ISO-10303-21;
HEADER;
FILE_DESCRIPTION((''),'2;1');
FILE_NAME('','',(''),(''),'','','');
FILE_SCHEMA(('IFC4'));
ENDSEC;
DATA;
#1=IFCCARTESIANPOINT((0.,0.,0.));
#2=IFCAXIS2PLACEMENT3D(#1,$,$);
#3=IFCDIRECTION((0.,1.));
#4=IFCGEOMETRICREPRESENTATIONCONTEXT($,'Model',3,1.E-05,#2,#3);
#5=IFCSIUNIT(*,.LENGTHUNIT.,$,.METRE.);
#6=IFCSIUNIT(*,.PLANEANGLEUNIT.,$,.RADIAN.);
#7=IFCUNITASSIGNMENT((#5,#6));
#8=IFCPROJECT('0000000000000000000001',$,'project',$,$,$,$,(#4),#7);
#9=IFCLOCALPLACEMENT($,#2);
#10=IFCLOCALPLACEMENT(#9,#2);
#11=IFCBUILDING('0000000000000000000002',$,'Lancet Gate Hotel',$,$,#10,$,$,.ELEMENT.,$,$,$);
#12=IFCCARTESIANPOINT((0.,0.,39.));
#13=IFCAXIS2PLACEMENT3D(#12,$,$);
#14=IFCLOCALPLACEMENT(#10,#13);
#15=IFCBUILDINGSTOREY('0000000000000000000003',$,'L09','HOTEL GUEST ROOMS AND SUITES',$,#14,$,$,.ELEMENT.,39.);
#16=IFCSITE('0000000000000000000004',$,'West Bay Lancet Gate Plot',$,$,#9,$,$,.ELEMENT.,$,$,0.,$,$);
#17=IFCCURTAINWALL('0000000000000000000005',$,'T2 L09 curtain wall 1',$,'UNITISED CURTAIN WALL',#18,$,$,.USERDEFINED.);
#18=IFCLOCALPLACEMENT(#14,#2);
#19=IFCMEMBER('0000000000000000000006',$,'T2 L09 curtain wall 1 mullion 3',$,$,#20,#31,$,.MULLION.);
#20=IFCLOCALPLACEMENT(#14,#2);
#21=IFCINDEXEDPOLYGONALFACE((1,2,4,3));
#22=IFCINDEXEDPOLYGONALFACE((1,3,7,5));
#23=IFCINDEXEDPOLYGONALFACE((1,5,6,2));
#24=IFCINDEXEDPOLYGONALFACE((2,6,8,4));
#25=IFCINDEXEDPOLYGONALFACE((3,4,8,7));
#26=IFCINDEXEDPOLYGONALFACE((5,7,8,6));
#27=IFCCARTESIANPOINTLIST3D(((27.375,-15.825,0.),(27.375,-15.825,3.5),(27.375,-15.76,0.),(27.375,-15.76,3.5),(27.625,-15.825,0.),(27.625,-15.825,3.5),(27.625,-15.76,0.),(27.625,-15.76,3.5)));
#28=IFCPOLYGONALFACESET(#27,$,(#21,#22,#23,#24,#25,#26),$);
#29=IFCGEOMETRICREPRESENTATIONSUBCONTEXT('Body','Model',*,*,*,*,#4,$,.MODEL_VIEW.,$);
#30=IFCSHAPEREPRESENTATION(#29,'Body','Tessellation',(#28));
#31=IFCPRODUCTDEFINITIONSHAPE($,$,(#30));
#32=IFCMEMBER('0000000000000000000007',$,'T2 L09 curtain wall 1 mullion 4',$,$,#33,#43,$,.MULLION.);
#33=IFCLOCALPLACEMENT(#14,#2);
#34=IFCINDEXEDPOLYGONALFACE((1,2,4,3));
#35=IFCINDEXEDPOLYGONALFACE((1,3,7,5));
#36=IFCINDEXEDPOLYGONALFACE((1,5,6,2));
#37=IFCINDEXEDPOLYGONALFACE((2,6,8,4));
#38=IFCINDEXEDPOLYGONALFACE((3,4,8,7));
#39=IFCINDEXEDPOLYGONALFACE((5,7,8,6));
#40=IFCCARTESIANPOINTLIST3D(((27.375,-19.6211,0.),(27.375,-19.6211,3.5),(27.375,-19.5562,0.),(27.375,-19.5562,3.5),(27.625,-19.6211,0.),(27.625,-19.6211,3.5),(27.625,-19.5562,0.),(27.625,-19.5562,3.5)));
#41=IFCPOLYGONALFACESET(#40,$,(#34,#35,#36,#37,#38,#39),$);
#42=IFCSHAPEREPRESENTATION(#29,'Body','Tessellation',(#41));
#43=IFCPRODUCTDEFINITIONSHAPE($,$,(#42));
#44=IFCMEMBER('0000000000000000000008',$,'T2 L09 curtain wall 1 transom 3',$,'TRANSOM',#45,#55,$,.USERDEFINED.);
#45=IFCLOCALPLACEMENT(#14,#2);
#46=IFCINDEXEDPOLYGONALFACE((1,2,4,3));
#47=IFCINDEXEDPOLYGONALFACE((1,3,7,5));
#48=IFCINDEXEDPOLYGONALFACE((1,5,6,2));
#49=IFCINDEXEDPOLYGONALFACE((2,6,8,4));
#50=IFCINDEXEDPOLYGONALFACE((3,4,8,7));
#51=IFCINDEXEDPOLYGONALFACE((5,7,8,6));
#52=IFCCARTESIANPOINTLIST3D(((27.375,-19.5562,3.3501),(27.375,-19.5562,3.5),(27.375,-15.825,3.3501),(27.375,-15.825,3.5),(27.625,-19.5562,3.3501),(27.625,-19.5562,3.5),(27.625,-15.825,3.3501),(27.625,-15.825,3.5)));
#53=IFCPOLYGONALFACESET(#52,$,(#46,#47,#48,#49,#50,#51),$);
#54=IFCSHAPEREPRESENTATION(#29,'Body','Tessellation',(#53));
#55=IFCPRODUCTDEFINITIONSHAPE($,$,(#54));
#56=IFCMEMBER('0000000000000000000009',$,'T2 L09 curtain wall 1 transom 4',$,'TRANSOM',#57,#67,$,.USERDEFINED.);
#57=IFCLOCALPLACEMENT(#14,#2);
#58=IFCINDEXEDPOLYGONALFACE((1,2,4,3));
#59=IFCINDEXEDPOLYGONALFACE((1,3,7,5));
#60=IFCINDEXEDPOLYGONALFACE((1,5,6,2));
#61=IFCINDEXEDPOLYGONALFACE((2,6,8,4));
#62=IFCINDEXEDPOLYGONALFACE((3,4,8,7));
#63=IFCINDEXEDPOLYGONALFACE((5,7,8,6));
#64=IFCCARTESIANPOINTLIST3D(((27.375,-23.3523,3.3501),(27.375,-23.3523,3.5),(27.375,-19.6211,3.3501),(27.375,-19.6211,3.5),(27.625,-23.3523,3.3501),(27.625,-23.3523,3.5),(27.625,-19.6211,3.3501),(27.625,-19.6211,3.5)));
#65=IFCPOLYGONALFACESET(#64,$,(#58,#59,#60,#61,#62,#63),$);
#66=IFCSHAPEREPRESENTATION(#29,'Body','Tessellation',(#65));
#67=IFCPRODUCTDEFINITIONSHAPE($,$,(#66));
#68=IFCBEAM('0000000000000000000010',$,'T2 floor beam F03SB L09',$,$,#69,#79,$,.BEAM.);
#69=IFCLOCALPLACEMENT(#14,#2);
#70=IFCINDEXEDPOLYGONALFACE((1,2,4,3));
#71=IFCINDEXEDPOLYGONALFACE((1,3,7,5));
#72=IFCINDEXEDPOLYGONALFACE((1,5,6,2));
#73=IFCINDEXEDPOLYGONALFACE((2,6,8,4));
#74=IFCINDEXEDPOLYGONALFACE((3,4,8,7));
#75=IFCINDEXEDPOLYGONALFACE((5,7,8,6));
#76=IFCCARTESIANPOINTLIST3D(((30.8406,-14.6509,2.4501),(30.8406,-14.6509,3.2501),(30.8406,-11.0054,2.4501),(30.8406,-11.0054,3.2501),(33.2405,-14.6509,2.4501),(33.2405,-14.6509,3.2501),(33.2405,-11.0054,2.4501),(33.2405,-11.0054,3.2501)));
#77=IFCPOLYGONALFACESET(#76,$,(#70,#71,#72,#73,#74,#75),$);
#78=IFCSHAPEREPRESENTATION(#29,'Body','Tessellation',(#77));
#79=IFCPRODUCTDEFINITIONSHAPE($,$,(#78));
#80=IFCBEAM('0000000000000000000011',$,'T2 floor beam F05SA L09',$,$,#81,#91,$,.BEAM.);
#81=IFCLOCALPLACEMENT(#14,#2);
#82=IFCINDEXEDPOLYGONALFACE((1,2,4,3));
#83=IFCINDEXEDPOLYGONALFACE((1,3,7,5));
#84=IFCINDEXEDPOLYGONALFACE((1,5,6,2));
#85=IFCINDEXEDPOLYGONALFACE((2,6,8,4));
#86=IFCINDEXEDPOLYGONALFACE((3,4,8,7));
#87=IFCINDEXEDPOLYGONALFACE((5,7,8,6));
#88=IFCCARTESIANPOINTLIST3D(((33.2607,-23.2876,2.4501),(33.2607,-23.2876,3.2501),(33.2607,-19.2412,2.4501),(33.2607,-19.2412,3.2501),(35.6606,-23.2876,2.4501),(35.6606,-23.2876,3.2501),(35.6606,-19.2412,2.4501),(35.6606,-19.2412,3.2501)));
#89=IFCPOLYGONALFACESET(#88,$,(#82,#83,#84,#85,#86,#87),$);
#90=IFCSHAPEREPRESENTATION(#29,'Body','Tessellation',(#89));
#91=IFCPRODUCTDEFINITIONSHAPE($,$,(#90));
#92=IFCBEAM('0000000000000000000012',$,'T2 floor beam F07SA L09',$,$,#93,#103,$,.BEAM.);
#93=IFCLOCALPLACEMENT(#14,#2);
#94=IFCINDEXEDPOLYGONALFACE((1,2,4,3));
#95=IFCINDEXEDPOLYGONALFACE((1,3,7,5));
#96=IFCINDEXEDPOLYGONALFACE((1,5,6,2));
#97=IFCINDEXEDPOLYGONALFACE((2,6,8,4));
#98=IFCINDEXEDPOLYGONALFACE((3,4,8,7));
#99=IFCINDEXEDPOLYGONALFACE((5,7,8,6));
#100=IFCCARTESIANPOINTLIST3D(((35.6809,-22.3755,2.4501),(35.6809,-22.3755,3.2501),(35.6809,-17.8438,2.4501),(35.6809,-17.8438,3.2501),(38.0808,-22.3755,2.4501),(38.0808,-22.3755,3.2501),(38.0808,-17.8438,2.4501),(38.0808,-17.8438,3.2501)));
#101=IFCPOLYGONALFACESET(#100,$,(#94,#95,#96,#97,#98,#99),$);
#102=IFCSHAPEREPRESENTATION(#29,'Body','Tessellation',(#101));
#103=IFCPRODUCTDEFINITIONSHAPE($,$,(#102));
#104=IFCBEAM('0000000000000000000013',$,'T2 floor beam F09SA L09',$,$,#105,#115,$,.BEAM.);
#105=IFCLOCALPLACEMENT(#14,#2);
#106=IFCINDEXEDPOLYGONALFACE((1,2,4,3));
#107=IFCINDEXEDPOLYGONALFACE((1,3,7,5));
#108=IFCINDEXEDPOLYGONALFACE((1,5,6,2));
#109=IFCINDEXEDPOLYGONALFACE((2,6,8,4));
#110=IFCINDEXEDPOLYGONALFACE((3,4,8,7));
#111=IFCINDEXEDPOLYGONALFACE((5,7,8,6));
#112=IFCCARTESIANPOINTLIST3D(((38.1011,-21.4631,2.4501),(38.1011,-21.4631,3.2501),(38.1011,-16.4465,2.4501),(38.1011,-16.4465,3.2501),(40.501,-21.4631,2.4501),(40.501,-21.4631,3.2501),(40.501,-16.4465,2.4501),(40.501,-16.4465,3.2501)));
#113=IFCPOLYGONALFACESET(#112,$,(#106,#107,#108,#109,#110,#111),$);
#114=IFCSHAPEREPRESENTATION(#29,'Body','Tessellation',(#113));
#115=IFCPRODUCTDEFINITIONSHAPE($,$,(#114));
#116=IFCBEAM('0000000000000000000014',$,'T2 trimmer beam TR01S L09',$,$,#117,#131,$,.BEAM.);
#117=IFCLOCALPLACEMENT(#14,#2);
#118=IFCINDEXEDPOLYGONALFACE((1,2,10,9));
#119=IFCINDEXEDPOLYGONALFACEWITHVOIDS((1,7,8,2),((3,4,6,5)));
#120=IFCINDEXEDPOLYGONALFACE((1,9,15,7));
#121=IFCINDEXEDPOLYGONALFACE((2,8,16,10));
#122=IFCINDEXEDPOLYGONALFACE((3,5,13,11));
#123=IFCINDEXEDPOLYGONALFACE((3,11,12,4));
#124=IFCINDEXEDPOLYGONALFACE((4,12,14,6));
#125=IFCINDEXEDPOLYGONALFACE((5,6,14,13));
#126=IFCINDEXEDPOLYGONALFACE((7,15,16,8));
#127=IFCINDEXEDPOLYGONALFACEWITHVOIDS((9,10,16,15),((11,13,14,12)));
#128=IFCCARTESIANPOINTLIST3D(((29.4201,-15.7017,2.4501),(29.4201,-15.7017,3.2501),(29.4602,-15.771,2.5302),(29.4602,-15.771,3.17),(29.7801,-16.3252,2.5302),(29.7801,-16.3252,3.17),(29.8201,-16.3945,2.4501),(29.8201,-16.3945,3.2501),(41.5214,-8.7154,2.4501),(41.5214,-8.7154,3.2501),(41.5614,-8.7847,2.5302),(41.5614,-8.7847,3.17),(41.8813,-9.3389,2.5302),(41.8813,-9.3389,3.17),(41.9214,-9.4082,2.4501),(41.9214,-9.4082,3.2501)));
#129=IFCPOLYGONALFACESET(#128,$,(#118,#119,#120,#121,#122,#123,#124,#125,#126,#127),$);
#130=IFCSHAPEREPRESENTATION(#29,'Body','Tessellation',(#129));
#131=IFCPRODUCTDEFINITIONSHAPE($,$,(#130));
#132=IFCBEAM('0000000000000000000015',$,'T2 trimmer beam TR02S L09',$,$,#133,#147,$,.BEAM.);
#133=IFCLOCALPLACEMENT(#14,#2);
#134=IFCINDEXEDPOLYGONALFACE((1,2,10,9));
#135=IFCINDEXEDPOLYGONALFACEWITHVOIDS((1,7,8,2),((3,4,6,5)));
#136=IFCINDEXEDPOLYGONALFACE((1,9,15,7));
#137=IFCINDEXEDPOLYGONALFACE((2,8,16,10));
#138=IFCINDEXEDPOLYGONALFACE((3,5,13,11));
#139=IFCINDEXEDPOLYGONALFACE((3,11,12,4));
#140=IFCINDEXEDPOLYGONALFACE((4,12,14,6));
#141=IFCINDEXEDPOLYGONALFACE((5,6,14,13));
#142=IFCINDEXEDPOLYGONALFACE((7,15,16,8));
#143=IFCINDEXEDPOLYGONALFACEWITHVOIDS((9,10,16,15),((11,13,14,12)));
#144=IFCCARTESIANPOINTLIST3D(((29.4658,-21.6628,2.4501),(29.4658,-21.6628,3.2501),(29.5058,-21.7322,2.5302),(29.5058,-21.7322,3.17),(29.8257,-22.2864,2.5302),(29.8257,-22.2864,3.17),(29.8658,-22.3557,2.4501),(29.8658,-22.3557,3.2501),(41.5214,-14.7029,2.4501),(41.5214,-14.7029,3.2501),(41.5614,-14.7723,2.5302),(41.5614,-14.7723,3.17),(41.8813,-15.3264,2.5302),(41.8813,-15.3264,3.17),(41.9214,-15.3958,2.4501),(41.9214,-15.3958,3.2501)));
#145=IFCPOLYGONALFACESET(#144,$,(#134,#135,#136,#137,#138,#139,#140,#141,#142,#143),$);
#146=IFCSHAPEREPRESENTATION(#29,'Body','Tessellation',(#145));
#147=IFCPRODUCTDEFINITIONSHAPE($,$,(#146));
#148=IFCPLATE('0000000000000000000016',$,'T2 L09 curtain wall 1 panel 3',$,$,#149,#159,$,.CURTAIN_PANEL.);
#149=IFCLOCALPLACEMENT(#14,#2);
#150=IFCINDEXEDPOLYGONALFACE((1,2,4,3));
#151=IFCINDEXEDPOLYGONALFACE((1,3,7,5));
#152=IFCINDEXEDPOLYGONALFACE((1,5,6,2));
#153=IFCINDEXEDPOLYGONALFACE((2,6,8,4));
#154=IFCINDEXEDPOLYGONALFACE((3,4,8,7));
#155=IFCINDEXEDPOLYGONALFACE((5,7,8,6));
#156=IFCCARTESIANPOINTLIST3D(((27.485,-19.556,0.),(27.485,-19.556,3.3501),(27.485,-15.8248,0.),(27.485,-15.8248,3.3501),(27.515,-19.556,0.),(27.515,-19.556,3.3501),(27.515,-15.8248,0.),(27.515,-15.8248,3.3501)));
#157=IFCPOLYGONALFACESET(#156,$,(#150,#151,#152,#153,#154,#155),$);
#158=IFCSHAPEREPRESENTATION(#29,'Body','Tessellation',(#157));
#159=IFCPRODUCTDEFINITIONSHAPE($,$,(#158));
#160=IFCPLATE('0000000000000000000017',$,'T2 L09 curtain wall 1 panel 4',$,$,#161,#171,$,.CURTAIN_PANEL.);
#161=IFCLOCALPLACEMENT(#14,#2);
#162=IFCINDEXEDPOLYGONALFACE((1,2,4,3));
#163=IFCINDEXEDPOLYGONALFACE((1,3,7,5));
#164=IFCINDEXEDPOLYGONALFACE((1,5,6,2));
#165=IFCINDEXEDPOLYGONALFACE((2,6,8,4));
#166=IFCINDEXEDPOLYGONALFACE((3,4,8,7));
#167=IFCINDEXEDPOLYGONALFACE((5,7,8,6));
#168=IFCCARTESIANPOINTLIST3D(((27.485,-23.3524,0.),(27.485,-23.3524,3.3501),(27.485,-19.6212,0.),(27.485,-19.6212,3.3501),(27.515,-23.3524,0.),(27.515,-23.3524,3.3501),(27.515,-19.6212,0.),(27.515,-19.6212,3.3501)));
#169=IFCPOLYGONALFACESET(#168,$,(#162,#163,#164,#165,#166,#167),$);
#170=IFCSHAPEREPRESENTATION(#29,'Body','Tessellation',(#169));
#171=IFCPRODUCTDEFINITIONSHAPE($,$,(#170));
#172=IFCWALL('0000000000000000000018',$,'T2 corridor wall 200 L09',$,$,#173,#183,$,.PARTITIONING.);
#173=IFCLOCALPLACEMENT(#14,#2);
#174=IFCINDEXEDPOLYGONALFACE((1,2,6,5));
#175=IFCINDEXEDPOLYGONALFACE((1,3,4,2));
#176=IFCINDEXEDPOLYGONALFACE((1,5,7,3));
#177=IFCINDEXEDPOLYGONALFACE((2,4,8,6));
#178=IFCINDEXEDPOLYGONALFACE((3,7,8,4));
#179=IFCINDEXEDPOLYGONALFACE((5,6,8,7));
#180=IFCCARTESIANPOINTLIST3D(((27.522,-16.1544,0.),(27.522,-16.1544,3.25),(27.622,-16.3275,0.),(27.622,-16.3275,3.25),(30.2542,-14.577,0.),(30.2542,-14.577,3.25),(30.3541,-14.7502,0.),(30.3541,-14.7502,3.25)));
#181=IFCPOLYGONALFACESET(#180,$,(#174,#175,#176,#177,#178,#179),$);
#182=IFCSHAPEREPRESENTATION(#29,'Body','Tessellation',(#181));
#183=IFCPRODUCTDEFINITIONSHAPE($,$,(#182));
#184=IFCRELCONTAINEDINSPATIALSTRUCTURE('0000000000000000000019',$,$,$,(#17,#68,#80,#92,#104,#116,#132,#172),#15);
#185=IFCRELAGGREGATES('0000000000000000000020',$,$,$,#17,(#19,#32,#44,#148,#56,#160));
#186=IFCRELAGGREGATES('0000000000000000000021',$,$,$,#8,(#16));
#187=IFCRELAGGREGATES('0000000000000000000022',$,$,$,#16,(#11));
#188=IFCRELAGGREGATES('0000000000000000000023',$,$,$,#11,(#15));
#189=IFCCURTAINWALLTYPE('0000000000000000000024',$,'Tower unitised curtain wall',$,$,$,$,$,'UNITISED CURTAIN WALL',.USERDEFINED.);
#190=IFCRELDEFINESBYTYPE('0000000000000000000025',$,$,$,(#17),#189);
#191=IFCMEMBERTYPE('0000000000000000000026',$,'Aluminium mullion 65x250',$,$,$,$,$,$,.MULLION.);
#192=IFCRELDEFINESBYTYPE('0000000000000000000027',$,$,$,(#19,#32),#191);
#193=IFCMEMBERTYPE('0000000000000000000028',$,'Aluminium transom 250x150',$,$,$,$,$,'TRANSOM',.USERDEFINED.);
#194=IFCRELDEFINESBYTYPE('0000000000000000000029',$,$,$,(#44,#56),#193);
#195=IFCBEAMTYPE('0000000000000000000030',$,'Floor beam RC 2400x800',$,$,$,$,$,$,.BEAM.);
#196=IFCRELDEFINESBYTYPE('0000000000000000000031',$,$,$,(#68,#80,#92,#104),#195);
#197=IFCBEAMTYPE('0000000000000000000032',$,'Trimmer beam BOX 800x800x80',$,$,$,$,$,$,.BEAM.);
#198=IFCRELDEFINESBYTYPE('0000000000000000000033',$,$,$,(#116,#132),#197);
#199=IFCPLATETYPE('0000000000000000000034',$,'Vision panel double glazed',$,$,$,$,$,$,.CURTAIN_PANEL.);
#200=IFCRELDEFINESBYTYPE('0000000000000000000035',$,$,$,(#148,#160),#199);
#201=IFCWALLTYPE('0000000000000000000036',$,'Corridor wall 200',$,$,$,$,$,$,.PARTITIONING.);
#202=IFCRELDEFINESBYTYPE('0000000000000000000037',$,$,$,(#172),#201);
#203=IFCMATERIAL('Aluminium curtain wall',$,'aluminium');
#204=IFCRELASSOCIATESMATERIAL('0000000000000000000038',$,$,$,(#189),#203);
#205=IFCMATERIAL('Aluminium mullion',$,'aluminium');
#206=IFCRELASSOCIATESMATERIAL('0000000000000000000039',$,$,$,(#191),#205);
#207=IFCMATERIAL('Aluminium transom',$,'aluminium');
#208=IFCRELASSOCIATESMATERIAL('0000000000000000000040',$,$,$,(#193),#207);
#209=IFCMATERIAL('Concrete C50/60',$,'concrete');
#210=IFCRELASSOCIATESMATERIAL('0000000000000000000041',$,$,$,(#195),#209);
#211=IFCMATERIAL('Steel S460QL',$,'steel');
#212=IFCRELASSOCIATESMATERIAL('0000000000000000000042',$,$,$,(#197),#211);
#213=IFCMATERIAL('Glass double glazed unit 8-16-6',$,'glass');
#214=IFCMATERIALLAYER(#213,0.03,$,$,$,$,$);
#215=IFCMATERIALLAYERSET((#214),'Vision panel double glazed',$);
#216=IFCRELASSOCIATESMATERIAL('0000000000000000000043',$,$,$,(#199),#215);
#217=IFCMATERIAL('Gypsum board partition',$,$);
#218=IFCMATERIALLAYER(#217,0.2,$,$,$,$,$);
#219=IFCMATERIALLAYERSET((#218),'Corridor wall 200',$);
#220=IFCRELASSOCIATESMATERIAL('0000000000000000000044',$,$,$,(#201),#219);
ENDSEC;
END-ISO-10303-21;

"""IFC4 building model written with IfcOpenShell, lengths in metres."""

from ifc_helpers import new_model, si_unit, direction, frame, frame_2d, origin, origin_2d, place, context, subcontext, project, spatial, rectangle, hollow_rectangle, extrude, material, layer, layer_set, material_profile, profile_set, type_object, element, aggregate, save


model = new_model("IFC4")

# Units and contexts
model_context = context("Model", 3, precision=1e-05, world=origin(), true_north=direction((0.0, 1.0)))
body_context = subcontext(model_context, "Body", "Model", "MODEL_VIEW")
ifc_project = project(units=[si_unit("LENGTHUNIT", "METRE"), si_unit("PLANEANGLEUNIT", "RADIAN")], contexts=[model_context])

# Site, building, storey
site_placement = place(None, origin())
site = spatial("IfcSite", under=ifc_project, at=site_placement, Name="West Bay Lancet Gate Plot", CompositionType="ELEMENT", RefElevation=0.0)
building_placement = place(site_placement, origin())
building = spatial("IfcBuilding", under=site, at=building_placement, Name="Lancet Gate Hotel", CompositionType="ELEMENT")
storey_placement = place(building_placement, frame((0.0, 0.0, 39.0)))
storey = spatial("IfcBuildingStorey", under=building, at=storey_placement, Name="L09", Description="HOTEL GUEST ROOMS AND SUITES", CompositionType="ELEMENT", Elevation=39.0)

# Curtain wall, members
ifc_material_1 = material(Name="Aluminium curtain wall", Category="aluminium")
curtain_wall_type = type_object("IfcCurtainWallType", Name="Tower unitised curtain wall", ElementType="UNITISED CURTAIN WALL", PredefinedType="USERDEFINED", material=ifc_material_1)
curtain_wall_placement = place(storey_placement, origin())
curtain_wall = element("IfcCurtainWall", 1, at=curtain_wall_placement, inside=storey, type_object=curtain_wall_type, Name="T2 L09 curtain wall 1", ObjectType="UNITISED CURTAIN WALL", PredefinedType="USERDEFINED")
ifc_material_2 = material(Name="Aluminium mullion", Category="aluminium")
ifc_material_profile_1 = material_profile(ifc_material_2, rectangle(XDim=0.0649, YDim=0.25, at=origin_2d()), Name="MULLION 65x250")
ifc_profile_set_1 = profile_set([ifc_material_profile_1], Name="Aluminium mullion")
member_type_1 = type_object("IfcMemberType", Name="Aluminium mullion 65x250", PredefinedType="MULLION", material=ifc_profile_set_1)
member_1_placement = place(storey_placement, frame((27.5, -15.7925, 0.0), z_axis=(0.0, 0.0, 1.0), x_axis=(0.0, -1.0, 0.0)))
member_1 = element("IfcMember", 2, at=member_1_placement, type_object=member_type_1, Name="T2 L09 curtain wall 1 mullion 3", PredefinedType="MULLION", context=body_context, shape_type="SweptSolid", body=[
    extrude(rectangle(XDim=0.0649, YDim=0.25, at=origin_2d()), origin(), (0.0, 0.0, 1.0), 3.5),
])
member_2_placement = place(storey_placement, frame((27.5, -19.5886, 0.0), z_axis=(0.0, 0.0, 1.0), x_axis=(0.0, -1.0, 0.0)))
member_2 = element("IfcMember", 3, at=member_2_placement, type_object=member_type_1, Name="T2 L09 curtain wall 1 mullion 4", PredefinedType="MULLION", context=body_context, shape_type="SweptSolid", body=[
    extrude(rectangle(XDim=0.0649, YDim=0.25, at=origin_2d()), origin(), (0.0, 0.0, 1.0), 3.5),
])
ifc_material_3 = material(Name="Aluminium transom", Category="aluminium")
ifc_material_profile_2 = material_profile(ifc_material_3, rectangle(XDim=0.25, YDim=0.1499, at=origin_2d()), Name="TRANSOM 250x150")
ifc_profile_set_2 = profile_set([ifc_material_profile_2], Name="Aluminium transom")
member_type_2 = type_object("IfcMemberType", Name="Aluminium transom 250x150", ElementType="TRANSOM", PredefinedType="USERDEFINED", material=ifc_profile_set_2)
member_3_placement = place(storey_placement, frame((27.5, -15.825, 3.425), z_axis=(0.0, -1.0, 0.0), x_axis=(1.0, 0.0, 0.0)))
member_3 = element("IfcMember", 4, at=member_3_placement, type_object=member_type_2, Name="T2 L09 curtain wall 1 transom 3", ObjectType="TRANSOM", PredefinedType="USERDEFINED", context=body_context, shape_type="SweptSolid", body=[
    extrude(rectangle(XDim=0.25, YDim=0.1499, at=origin_2d()), origin(), (0.0, 0.0, 1.0), 3.7312),
])
member_4_placement = place(storey_placement, frame((27.5, -19.6211, 3.425), z_axis=(0.0, -1.0, 0.0), x_axis=(1.0, 0.0, 0.0)))
member_4 = element("IfcMember", 5, at=member_4_placement, type_object=member_type_2, Name="T2 L09 curtain wall 1 transom 4", ObjectType="TRANSOM", PredefinedType="USERDEFINED", context=body_context, shape_type="SweptSolid", body=[
    extrude(rectangle(XDim=0.25, YDim=0.1499, at=origin_2d()), origin(), (0.0, 0.0, 1.0), 3.7312),
])

# Beams
ifc_material_4 = material(Name="Concrete C50/60", Category="concrete")
ifc_material_profile_3 = material_profile(ifc_material_4, rectangle(XDim=2.3999, YDim=0.8, at=origin_2d()), Name="RC 2400x800")
ifc_profile_set_3 = profile_set([ifc_material_profile_3], Name="Concrete C50/60")
beam_type_1 = type_object("IfcBeamType", Name="Floor beam RC 2400x800", PredefinedType="BEAM", material=ifc_profile_set_3)
beam_1_placement = place(storey_placement, frame((32.0405, -14.6509, 2.8501), z_axis=(0.0, 1.0, 0.0), x_axis=(-1.0, 0.0, 0.0)))
element("IfcBeam", 6, at=beam_1_placement, inside=storey, type_object=beam_type_1, Name="T2 floor beam F03SB L09", PredefinedType="BEAM", context=body_context, shape_type="SweptSolid", body=[
    extrude(rectangle(XDim=2.3999, YDim=0.8, at=origin_2d()), origin(), (0.0, 0.0, 1.0), 3.6455),
])
beam_2_placement = place(storey_placement, frame((34.4607, -23.2876, 2.8501), z_axis=(0.0, 1.0, 0.0), x_axis=(-1.0, 0.0, 0.0)))
element("IfcBeam", 7, at=beam_2_placement, inside=storey, type_object=beam_type_1, Name="T2 floor beam F05SA L09", PredefinedType="BEAM", context=body_context, shape_type="SweptSolid", body=[
    extrude(rectangle(XDim=2.3999, YDim=0.8, at=origin_2d()), origin(), (0.0, 0.0, 1.0), 4.0464),
])
beam_3_placement = place(storey_placement, frame((36.8809, -22.3755, 2.8501), z_axis=(0.0, 1.0, 0.0), x_axis=(-1.0, 0.0, 0.0)))
element("IfcBeam", 8, at=beam_3_placement, inside=storey, type_object=beam_type_1, Name="T2 floor beam F07SA L09", PredefinedType="BEAM", context=body_context, shape_type="SweptSolid", body=[
    extrude(rectangle(XDim=2.3999, YDim=0.8, at=origin_2d()), origin(), (0.0, 0.0, 1.0), 4.5317),
])
beam_4_placement = place(storey_placement, frame((39.301, -21.4631, 2.8501), z_axis=(0.0, 1.0, 0.0), x_axis=(-1.0, 0.0, 0.0)))
element("IfcBeam", 9, at=beam_4_placement, inside=storey, type_object=beam_type_1, Name="T2 floor beam F09SA L09", PredefinedType="BEAM", context=body_context, shape_type="SweptSolid", body=[
    extrude(rectangle(XDim=2.3999, YDim=0.8, at=origin_2d()), origin(), (0.0, 0.0, 1.0), 5.0166),
])
ifc_material_5 = material(Name="Steel S460QL", Category="steel")
ifc_material_profile_4 = material_profile(ifc_material_5, hollow_rectangle(XDim=0.8, YDim=0.8, WallThickness=0.0801, at=origin_2d()), Name="BOX 800x800x80")
ifc_profile_set_4 = profile_set([ifc_material_profile_4], Name="Steel S460QL")
beam_type_2 = type_object("IfcBeamType", Name="Trimmer beam BOX 800x800x80", PredefinedType="BEAM", material=ifc_profile_set_4)
beam_5_placement = place(storey_placement, frame((29.6201, -16.0481, 2.8501), z_axis=(0.866037, 0.49998, 0.0), x_axis=(-0.49998, 0.866037, 0.0)))
element("IfcBeam", 10, at=beam_5_placement, inside=storey, type_object=beam_type_2, Name="T2 trimmer beam TR01S L09", PredefinedType="BEAM", context=body_context, shape_type="SweptSolid", body=[
    extrude(hollow_rectangle(XDim=0.8, YDim=0.8, WallThickness=0.0801, at=origin_2d()), origin(), (0.0, 0.0, 1.0), 13.9731),
])
beam_6_placement = place(storey_placement, frame((29.6658, -22.0093, 2.8501), z_axis=(0.866037, 0.49998, 0.0), x_axis=(-0.49998, 0.866037, 0.0)))
element("IfcBeam", 11, at=beam_6_placement, inside=storey, type_object=beam_type_2, Name="T2 trimmer beam TR02S L09", PredefinedType="BEAM", context=body_context, shape_type="SweptSolid", body=[
    extrude(hollow_rectangle(XDim=0.8, YDim=0.8, WallThickness=0.0801, at=origin_2d()), origin(), (0.0, 0.0, 1.0), 13.9204),
])

# Plates
ifc_material_6 = material(Name="Glass double glazed unit 8-16-6", Category="glass")
ifc_layer_1 = layer(ifc_material_6, 0.03)
ifc_layer_set_1 = layer_set([ifc_layer_1], Name="Vision panel double glazed")
plate_type = type_object("IfcPlateType", Name="Vision panel double glazed", PredefinedType="CURTAIN_PANEL", material=ifc_layer_set_1)
plate_1_placement = place(storey_placement, frame((27.5, -17.6904, 0.0), z_axis=(0.0, 0.0, 1.0), x_axis=(0.0, -1.0, 0.0)))
plate_1 = element("IfcPlate", 12, at=plate_1_placement, type_object=plate_type, Name="T2 L09 curtain wall 1 panel 3", PredefinedType="CURTAIN_PANEL", context=body_context, shape_type="SweptSolid", body=[
    extrude(rectangle(XDim=3.7312, YDim=0.03, at=origin_2d()), origin(), (0.0, 0.0, 1.0), 3.3501),
])
plate_2_placement = place(storey_placement, frame((27.5, -21.4868, 0.0), z_axis=(0.0, 0.0, 1.0), x_axis=(0.0, -1.0, 0.0)))
plate_2 = element("IfcPlate", 13, at=plate_2_placement, type_object=plate_type, Name="T2 L09 curtain wall 1 panel 4", PredefinedType="CURTAIN_PANEL", context=body_context, shape_type="SweptSolid", body=[
    extrude(rectangle(XDim=3.7312, YDim=0.03, at=origin_2d()), origin(), (0.0, 0.0, 1.0), 3.3501),
])
aggregate(curtain_wall, [member_1, member_2, member_3, plate_1, member_4, plate_2])

# Wall
ifc_material_7 = material(Name="Gypsum board partition")
ifc_layer_2 = layer(ifc_material_7, 0.2)
ifc_layer_set_2 = layer_set([ifc_layer_2], Name="Corridor wall 200")
wall_type_1 = type_object("IfcWallType", Name="Corridor wall 200", PredefinedType="PARTITIONING", material=ifc_layer_set_2)
wall_1_placement = place(storey_placement, frame((27.572, -16.241, 0.0), z_axis=(0.0, 0.0, 1.0), x_axis=(0.86603, 0.499993, 0.0)))
element("IfcWall", 14, at=wall_1_placement, inside=storey, type_object=wall_type_1, Name="T2 corridor wall 200 L09", PredefinedType="PARTITIONING", context=body_context, shape_type="SweptSolid", body=[
    extrude(rectangle(XDim=3.1548, YDim=0.2, at=frame_2d((1.5774, 0.0))), origin(), (0.0, 0.0, 1.0), 3.25),
])

save(model, "model.ifc")
